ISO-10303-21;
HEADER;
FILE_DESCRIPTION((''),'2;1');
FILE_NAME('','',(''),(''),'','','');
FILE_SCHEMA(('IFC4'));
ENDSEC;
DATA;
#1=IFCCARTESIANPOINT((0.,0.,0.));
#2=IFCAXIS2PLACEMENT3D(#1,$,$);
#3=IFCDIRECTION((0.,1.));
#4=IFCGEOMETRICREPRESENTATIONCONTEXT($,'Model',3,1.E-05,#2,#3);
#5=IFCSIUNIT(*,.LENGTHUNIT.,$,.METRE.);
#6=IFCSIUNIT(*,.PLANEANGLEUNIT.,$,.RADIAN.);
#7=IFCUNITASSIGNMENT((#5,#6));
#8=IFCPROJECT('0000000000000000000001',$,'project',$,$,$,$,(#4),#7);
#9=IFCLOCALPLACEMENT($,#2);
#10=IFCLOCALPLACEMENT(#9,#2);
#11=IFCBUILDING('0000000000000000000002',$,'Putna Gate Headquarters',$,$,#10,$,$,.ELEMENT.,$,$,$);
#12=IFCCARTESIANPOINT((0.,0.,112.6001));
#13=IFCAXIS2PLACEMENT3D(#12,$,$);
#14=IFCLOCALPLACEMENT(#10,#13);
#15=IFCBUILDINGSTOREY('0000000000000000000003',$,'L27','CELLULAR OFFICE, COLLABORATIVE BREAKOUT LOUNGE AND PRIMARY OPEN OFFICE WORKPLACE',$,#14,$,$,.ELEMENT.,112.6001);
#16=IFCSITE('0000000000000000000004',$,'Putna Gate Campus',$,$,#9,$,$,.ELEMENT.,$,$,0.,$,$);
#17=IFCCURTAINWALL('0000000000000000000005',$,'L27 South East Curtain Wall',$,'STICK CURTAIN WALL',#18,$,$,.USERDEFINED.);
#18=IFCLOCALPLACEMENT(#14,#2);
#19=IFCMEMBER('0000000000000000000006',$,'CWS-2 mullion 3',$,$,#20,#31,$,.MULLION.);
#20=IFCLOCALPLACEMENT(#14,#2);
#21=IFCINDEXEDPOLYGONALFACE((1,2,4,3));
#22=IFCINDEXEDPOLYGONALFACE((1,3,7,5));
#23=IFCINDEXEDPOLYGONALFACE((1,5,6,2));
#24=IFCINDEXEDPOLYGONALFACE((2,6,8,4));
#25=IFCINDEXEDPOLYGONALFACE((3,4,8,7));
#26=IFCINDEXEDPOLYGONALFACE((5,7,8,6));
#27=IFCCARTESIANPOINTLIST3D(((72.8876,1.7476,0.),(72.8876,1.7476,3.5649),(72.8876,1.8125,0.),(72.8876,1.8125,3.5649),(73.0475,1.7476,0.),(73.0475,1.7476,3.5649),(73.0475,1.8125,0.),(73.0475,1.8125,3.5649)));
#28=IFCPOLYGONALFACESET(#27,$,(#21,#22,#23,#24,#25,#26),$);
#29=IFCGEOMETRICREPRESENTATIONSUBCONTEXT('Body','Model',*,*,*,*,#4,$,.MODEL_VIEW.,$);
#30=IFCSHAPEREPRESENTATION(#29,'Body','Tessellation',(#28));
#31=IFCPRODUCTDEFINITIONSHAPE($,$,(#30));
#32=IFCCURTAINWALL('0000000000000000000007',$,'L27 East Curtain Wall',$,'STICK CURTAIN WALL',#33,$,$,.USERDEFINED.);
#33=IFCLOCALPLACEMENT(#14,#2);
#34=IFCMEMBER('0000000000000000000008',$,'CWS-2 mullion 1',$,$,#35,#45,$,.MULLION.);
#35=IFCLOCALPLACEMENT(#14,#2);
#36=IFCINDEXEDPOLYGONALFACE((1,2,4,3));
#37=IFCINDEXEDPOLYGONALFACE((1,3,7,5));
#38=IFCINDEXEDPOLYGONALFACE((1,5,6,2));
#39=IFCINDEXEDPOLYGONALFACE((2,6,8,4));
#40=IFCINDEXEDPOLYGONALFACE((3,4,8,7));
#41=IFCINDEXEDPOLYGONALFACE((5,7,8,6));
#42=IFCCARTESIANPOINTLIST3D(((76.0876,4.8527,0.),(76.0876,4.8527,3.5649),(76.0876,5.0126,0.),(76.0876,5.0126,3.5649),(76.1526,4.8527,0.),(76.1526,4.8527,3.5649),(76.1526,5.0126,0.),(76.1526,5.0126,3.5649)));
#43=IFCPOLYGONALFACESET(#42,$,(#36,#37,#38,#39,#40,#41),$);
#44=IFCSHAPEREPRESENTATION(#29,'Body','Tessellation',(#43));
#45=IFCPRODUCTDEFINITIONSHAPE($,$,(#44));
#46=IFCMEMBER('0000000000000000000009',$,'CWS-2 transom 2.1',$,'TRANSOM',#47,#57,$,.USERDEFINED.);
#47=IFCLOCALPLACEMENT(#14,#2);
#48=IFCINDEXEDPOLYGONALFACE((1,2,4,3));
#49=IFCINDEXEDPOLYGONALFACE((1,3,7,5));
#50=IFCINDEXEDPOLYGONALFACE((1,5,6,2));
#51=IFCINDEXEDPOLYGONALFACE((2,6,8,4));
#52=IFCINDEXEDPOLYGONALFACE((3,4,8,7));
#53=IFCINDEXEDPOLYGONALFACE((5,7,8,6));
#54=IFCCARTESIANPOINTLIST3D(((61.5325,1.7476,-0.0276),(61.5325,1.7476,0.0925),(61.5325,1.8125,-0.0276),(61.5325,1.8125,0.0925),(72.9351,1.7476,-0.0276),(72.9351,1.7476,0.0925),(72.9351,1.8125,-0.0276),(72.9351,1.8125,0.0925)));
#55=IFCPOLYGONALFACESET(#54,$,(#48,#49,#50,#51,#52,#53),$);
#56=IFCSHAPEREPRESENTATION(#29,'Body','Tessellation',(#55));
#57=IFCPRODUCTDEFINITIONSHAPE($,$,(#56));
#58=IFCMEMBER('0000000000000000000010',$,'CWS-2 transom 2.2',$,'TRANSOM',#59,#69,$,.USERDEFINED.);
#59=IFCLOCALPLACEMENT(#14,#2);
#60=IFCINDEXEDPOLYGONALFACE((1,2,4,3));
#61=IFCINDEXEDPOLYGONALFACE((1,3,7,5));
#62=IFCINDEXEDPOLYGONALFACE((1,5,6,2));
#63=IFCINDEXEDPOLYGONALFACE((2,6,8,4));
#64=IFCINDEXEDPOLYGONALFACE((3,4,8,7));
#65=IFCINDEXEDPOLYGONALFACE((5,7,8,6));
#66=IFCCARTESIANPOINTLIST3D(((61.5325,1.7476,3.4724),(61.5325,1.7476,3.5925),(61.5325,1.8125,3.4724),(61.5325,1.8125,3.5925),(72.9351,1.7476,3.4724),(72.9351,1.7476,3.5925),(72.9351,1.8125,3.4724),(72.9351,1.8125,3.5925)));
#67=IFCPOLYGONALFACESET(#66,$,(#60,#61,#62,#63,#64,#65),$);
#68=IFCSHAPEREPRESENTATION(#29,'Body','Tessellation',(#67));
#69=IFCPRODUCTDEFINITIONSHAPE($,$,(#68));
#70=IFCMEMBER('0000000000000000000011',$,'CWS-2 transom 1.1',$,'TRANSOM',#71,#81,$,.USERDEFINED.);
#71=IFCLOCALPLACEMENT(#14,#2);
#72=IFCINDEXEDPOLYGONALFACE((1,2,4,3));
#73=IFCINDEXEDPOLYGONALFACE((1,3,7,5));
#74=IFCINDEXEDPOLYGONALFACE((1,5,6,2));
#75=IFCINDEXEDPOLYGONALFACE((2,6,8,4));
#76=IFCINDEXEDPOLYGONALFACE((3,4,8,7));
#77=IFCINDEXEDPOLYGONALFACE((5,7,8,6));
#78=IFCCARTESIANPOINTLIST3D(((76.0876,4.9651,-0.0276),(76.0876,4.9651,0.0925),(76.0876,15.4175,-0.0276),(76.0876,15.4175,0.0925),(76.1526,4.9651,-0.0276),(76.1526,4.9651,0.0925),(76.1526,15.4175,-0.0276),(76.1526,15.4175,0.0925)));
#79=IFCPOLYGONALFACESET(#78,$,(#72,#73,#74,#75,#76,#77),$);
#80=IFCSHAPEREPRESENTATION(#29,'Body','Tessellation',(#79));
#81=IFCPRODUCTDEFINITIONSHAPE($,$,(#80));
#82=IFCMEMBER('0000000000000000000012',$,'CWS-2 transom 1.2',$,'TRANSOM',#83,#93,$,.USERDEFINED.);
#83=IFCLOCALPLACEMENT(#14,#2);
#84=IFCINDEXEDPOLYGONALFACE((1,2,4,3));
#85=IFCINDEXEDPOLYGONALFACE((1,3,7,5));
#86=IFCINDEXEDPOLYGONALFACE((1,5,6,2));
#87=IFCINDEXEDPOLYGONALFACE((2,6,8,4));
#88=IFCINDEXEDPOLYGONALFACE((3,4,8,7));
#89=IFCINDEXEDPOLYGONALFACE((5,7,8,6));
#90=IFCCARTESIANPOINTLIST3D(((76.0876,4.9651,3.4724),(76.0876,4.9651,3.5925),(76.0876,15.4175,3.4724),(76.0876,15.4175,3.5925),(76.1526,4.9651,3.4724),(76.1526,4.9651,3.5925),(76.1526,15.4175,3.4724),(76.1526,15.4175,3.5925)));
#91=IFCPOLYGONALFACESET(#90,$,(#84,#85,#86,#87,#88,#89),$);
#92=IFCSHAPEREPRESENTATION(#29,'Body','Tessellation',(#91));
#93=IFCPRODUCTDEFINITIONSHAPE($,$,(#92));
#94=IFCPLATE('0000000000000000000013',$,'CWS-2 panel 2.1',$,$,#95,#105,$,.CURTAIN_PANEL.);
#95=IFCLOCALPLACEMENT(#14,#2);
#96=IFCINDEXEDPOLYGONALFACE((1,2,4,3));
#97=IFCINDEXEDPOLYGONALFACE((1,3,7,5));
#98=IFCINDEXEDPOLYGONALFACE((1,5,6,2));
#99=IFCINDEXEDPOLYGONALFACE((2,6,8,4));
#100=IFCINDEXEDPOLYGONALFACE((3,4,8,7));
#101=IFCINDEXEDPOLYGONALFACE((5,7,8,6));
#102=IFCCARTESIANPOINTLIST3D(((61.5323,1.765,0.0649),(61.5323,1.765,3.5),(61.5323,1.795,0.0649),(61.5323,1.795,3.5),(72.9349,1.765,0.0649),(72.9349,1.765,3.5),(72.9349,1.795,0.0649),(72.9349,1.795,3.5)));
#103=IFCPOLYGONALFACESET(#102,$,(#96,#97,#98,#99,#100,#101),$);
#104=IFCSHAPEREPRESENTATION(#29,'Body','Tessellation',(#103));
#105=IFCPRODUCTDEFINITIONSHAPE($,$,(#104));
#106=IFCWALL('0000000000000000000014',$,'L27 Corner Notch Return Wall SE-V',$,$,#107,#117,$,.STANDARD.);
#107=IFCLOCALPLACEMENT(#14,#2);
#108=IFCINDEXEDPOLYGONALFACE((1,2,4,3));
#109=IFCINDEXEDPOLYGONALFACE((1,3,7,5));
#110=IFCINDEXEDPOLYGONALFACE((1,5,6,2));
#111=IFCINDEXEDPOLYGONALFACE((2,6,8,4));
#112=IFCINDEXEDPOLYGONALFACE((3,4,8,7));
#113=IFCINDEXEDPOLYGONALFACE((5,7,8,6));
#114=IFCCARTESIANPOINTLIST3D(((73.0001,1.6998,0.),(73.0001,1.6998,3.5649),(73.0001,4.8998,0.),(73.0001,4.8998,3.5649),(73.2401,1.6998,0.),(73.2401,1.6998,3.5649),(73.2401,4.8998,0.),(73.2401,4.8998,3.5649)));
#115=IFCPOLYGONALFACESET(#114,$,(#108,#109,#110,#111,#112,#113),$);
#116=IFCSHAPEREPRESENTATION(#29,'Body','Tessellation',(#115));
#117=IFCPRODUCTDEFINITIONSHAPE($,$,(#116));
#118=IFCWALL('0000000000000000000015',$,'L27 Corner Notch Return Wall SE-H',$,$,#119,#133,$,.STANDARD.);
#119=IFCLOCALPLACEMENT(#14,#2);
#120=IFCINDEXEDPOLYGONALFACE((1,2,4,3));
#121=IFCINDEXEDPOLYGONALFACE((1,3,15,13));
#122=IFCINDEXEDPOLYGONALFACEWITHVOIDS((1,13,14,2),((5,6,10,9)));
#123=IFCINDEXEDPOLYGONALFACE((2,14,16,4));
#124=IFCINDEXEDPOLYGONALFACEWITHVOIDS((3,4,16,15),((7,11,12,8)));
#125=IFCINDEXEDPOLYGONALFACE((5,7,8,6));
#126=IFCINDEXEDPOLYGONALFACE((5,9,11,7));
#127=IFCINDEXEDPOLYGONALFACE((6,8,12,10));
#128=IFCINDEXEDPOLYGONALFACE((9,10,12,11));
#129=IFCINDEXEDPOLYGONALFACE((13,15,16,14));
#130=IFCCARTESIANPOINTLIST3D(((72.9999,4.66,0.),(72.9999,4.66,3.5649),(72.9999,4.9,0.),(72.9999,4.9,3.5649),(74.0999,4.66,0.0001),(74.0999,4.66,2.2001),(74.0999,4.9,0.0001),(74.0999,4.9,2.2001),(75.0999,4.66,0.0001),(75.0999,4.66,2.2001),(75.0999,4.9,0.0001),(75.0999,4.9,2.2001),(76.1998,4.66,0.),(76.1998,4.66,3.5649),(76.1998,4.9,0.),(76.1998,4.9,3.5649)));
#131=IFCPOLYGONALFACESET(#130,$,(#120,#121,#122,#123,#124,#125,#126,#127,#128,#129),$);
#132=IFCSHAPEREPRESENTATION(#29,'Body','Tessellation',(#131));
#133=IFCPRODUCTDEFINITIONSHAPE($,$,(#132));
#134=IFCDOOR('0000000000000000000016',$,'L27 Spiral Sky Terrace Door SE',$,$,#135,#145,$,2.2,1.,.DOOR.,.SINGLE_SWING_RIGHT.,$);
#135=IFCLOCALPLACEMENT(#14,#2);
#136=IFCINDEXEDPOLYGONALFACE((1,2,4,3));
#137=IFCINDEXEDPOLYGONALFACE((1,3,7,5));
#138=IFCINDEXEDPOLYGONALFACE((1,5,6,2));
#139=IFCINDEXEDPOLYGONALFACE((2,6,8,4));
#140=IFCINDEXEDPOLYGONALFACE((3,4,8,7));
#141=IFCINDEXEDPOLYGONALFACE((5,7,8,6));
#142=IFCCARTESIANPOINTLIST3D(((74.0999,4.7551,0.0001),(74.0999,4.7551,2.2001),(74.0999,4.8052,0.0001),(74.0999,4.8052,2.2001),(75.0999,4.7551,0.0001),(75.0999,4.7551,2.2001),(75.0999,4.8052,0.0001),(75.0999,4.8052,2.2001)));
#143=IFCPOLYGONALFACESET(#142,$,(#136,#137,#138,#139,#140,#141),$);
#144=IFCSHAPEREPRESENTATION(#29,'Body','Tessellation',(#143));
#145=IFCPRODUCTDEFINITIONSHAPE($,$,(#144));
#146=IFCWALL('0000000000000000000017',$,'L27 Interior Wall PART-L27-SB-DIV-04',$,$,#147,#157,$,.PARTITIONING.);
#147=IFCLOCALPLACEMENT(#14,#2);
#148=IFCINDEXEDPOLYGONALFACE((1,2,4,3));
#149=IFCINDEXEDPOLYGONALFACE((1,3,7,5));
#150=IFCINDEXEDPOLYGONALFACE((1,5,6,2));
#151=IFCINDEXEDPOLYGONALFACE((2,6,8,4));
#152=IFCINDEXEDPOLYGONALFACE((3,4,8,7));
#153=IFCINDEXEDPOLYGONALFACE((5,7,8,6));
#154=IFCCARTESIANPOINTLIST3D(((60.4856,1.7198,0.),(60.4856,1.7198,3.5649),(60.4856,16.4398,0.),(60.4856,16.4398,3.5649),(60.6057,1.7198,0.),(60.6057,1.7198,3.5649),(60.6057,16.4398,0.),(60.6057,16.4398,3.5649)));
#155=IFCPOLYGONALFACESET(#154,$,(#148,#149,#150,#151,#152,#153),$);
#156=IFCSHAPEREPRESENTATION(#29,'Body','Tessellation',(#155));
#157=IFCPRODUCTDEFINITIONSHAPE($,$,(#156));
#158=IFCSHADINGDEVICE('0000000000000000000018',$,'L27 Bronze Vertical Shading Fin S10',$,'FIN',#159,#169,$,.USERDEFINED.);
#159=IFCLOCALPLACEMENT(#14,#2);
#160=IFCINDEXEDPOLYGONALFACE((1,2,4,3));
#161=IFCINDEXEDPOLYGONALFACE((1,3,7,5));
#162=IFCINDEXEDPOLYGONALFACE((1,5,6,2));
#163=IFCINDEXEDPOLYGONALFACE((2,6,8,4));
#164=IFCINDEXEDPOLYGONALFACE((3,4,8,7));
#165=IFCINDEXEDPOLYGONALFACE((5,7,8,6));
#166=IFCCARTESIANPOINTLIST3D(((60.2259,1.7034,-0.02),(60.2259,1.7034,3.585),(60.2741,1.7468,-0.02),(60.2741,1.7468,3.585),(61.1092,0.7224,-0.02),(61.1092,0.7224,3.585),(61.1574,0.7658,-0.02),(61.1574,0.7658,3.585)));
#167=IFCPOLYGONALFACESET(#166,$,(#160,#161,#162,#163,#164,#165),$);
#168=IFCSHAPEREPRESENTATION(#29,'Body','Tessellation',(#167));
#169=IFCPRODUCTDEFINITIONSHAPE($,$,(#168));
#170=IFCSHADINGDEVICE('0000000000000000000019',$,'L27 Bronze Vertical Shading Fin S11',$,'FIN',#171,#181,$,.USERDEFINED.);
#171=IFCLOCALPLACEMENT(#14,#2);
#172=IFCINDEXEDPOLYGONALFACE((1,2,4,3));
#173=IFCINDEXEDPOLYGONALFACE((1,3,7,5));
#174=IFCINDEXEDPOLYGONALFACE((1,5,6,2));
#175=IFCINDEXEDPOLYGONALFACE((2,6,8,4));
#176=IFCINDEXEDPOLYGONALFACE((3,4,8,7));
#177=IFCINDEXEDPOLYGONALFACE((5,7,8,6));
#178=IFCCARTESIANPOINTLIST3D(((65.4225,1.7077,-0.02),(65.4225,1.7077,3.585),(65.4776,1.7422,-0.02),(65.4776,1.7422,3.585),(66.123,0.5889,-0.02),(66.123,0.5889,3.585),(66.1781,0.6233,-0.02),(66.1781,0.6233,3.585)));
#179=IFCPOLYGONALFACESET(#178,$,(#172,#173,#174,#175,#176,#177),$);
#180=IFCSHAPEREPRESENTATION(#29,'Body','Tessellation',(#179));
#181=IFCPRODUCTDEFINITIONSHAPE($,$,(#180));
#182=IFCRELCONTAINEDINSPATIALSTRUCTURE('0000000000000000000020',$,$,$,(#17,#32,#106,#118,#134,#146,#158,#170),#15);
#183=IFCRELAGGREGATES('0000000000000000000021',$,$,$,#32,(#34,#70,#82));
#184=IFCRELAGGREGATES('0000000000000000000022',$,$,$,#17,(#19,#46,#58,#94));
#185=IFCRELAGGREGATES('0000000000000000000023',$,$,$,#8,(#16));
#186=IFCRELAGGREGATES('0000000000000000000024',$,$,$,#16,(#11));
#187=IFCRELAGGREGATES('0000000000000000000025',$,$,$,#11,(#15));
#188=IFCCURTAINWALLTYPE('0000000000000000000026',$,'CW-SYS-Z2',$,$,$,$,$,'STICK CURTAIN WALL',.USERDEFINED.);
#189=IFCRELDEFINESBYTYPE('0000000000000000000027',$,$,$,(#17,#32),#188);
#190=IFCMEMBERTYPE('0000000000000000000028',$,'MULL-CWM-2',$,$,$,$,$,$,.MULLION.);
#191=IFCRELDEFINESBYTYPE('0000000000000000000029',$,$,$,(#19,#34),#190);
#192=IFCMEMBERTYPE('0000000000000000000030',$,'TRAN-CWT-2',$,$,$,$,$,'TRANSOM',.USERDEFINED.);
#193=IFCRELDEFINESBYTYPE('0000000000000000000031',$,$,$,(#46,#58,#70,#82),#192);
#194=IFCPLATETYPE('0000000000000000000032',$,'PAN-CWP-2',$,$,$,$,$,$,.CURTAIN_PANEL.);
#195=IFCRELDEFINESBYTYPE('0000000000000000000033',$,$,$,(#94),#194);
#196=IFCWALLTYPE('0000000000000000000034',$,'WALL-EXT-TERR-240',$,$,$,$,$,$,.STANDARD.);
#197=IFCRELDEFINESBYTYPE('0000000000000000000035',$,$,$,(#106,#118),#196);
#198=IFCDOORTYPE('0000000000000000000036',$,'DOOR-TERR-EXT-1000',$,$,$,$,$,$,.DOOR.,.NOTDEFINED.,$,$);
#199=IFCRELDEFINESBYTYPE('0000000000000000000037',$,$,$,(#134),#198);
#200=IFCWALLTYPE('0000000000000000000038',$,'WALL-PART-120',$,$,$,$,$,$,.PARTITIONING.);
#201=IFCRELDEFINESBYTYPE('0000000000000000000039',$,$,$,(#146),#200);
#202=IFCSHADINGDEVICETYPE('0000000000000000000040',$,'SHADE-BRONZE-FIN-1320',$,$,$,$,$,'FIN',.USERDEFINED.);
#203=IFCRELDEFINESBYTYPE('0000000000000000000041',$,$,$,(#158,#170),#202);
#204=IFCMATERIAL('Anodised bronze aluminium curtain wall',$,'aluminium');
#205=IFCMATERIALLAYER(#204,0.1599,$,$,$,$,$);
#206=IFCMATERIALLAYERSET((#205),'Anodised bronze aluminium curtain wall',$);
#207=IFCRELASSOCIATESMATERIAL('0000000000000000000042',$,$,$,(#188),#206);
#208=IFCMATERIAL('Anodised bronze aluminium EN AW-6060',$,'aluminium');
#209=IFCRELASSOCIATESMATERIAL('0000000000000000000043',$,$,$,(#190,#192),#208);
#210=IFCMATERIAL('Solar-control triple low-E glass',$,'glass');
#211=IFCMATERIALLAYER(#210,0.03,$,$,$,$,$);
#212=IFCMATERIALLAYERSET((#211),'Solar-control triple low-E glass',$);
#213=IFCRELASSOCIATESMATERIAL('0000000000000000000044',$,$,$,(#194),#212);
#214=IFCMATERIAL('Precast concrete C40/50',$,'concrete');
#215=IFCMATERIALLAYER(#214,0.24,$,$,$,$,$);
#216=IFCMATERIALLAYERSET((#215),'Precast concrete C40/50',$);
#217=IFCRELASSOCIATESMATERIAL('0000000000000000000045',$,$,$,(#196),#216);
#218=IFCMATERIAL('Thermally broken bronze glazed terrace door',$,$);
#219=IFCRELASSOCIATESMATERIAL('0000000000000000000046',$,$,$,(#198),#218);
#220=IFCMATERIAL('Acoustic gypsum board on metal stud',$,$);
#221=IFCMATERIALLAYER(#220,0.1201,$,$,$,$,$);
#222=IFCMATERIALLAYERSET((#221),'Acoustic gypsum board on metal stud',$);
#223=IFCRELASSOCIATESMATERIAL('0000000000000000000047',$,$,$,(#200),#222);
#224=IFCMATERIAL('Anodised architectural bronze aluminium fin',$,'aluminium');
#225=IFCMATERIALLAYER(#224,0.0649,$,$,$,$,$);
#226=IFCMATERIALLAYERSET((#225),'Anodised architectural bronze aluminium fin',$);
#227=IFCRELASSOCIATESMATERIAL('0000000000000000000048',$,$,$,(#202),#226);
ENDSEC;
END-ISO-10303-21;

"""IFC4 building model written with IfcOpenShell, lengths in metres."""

from ifc_helpers import new_model, si_unit, direction, frame, frame_2d, origin, origin_2d, place, context, subcontext, project, spatial, rectangle, extrude, material, layer, layer_set, material_profile, profile_set, type_object, element, fill, aggregate, save


model = new_model("IFC4")

# Units and contexts
model_context = context("Model", 3, precision=1e-05, world=origin(), true_north=direction((0.0, 1.0)))
body_context = subcontext(model_context, "Body", "Model", "MODEL_VIEW")
ifc_project = project(units=[si_unit("LENGTHUNIT", "METRE"), si_unit("PLANEANGLEUNIT", "RADIAN")], contexts=[model_context])

# Site, building, storey
site_placement = place(None, origin())
site = spatial("IfcSite", under=ifc_project, at=site_placement, Name="Putna Gate Campus", CompositionType="ELEMENT", RefElevation=0.0)
building_placement = place(site_placement, origin())
building = spatial("IfcBuilding", under=site, at=building_placement, Name="Putna Gate Headquarters", CompositionType="ELEMENT")
storey_placement = place(building_placement, frame((0.0, 0.0, 112.6001)))
storey = spatial("IfcBuildingStorey", under=building, at=storey_placement, Name="L27", Description="CELLULAR OFFICE, COLLABORATIVE BREAKOUT LOUNGE AND PRIMARY OPEN OFFICE WORKPLACE", CompositionType="ELEMENT", Elevation=112.6001)

# Curtain wall, member
ifc_material_1 = material(Name="Anodised bronze aluminium curtain wall", Category="aluminium")
ifc_layer_1 = layer(ifc_material_1, 0.1599)
ifc_layer_set_1 = layer_set([ifc_layer_1], Name="Anodised bronze aluminium curtain wall")
curtain_wall_type = type_object("IfcCurtainWallType", Name="CW-SYS-Z2", ElementType="STICK CURTAIN WALL", PredefinedType="USERDEFINED", material=ifc_layer_set_1)
curtain_wall_1_placement = place(storey_placement, origin())
curtain_wall_1 = element("IfcCurtainWall", 1, at=curtain_wall_1_placement, inside=storey, type_object=curtain_wall_type, Name="L27 South East Curtain Wall", ObjectType="STICK CURTAIN WALL", PredefinedType="USERDEFINED")
ifc_material_2 = material(Name="Anodised bronze aluminium EN AW-6060", Category="aluminium")
ifc_material_profile_1 = material_profile(ifc_material_2, rectangle(XDim=0.0649, YDim=0.1599, at=origin_2d()), Name="Anodised bronze aluminium EN AW-6060")
ifc_profile_set_1 = profile_set([ifc_material_profile_1], Name="Anodised bronze aluminium EN AW-6060")
member_type_1 = type_object("IfcMemberType", Name="MULL-CWM-2", PredefinedType="MULLION", material=ifc_profile_set_1)
member_1_placement = place(storey_placement, frame((72.9675, 1.78, 0.0), z_axis=(0.0, 0.0, 1.0), x_axis=(0.0, 1.0, 0.0)))
member_1 = element("IfcMember", 2, at=member_1_placement, type_object=member_type_1, Name="CWS-2 mullion 3", PredefinedType="MULLION", context=body_context, shape_type="SweptSolid", body=[
    extrude(rectangle(XDim=0.0649, YDim=0.1599, at=origin_2d()), origin(), (0.0, 0.0, 1.0), 3.5649),
])

# Curtain wall, member
curtain_wall_2_placement = place(storey_placement, origin())
curtain_wall_2 = element("IfcCurtainWall", 3, at=curtain_wall_2_placement, inside=storey, type_object=curtain_wall_type, Name="L27 East Curtain Wall", ObjectType="STICK CURTAIN WALL", PredefinedType="USERDEFINED")
member_2_placement = place(storey_placement, frame((76.1201, 4.9326, 0.0), z_axis=(0.0, 0.0, 1.0), x_axis=(-1.0, 0.0, 0.0)))
member_2 = element("IfcMember", 4, at=member_2_placement, type_object=member_type_1, Name="CWS-2 mullion 1", PredefinedType="MULLION", context=body_context, shape_type="SweptSolid", body=[
    extrude(rectangle(XDim=0.0649, YDim=0.1599, at=origin_2d()), origin(), (0.0, 0.0, 1.0), 3.5649),
])

# Members
ifc_material_profile_2 = material_profile(ifc_material_2, rectangle(XDim=0.0649, YDim=0.1201, at=origin_2d()), Name="Anodised bronze aluminium EN AW-6060")
ifc_profile_set_2 = profile_set([ifc_material_profile_2], Name="Anodised bronze aluminium EN AW-6060")
member_type_2 = type_object("IfcMemberType", Name="TRAN-CWT-2", ElementType="TRANSOM", PredefinedType="USERDEFINED", material=ifc_profile_set_2)
member_3_placement = place(storey_placement, frame((61.5325, 1.78, 0.0325), z_axis=(1.0, 0.0, 0.0), x_axis=(0.0, 1.0, 0.0)))
member_3 = element("IfcMember", 5, at=member_3_placement, type_object=member_type_2, Name="CWS-2 transom 2.1", ObjectType="TRANSOM", PredefinedType="USERDEFINED", context=body_context, shape_type="SweptSolid", body=[
    extrude(rectangle(XDim=0.0649, YDim=0.1201, at=origin_2d()), origin(), (0.0, 0.0, 1.0), 11.4026),
])
member_4_placement = place(storey_placement, frame((61.5325, 1.78, 3.5325), z_axis=(1.0, 0.0, 0.0), x_axis=(0.0, 1.0, 0.0)))
member_4 = element("IfcMember", 6, at=member_4_placement, type_object=member_type_2, Name="CWS-2 transom 2.2", ObjectType="TRANSOM", PredefinedType="USERDEFINED", context=body_context, shape_type="SweptSolid", body=[
    extrude(rectangle(XDim=0.0649, YDim=0.1201, at=origin_2d()), origin(), (0.0, 0.0, 1.0), 11.4026),
])
member_5_placement = place(storey_placement, frame((76.1201, 4.9651, 0.0325), z_axis=(0.0, 1.0, 0.0), x_axis=(-1.0, 0.0, 0.0)))
member_5 = element("IfcMember", 7, at=member_5_placement, type_object=member_type_2, Name="CWS-2 transom 1.1", ObjectType="TRANSOM", PredefinedType="USERDEFINED", context=body_context, shape_type="SweptSolid", body=[
    extrude(rectangle(XDim=0.0649, YDim=0.1201, at=origin_2d()), origin(), (0.0, 0.0, 1.0), 10.4524),
])
member_6_placement = place(storey_placement, frame((76.1201, 4.9651, 3.5325), z_axis=(0.0, 1.0, 0.0), x_axis=(-1.0, 0.0, 0.0)))
member_6 = element("IfcMember", 8, at=member_6_placement, type_object=member_type_2, Name="CWS-2 transom 1.2", ObjectType="TRANSOM", PredefinedType="USERDEFINED", context=body_context, shape_type="SweptSolid", body=[
    extrude(rectangle(XDim=0.0649, YDim=0.1201, at=origin_2d()), origin(), (0.0, 0.0, 1.0), 10.4524),
])
aggregate(curtain_wall_2, [member_2, member_5, member_6])

# Plate
ifc_material_3 = material(Name="Solar-control triple low-E glass", Category="glass")
ifc_layer_2 = layer(ifc_material_3, 0.03)
ifc_layer_set_2 = layer_set([ifc_layer_2], Name="Solar-control triple low-E glass")
plate_type = type_object("IfcPlateType", Name="PAN-CWP-2", PredefinedType="CURTAIN_PANEL", material=ifc_layer_set_2)
plate_placement = place(storey_placement, frame((67.2336, 1.78, 0.0649), z_axis=(0.0, 0.0, 1.0), x_axis=(1.0, 0.0, 0.0)))
plate = element("IfcPlate", 9, at=plate_placement, type_object=plate_type, Name="CWS-2 panel 2.1", PredefinedType="CURTAIN_PANEL", context=body_context, shape_type="SweptSolid", body=[
    extrude(rectangle(XDim=11.4026, YDim=0.03, at=origin_2d()), origin(), (0.0, 0.0, 1.0), 3.4351),
])
aggregate(curtain_wall_1, [member_1, member_3, member_4, plate])

# Wall
ifc_material_4 = material(Name="Precast concrete C40/50", Category="concrete")
ifc_layer_3 = layer(ifc_material_4, 0.24)
ifc_layer_set_3 = layer_set([ifc_layer_3], Name="Precast concrete C40/50")
wall_type_1 = type_object("IfcWallType", Name="WALL-EXT-TERR-240", PredefinedType="STANDARD", material=ifc_layer_set_3)
wall_1_placement = place(storey_placement, frame((73.1201, 4.8999, 0.0), z_axis=(0.0, 0.0, 1.0), x_axis=(0.0, -1.0, 0.0)))
element("IfcWall", 10, at=wall_1_placement, inside=storey, type_object=wall_type_1, Name="L27 Corner Notch Return Wall SE-V", PredefinedType="STANDARD", context=body_context, shape_type="SweptSolid", body=[
    extrude(rectangle(XDim=3.2, YDim=0.24, at=frame_2d((1.6001, 0.0))), origin(), (0.0, 0.0, 1.0), 3.5649),
])

# Wall, opening, door
wall_2_placement = place(storey_placement, frame((76.2, 4.78, 0.0), z_axis=(0.0, 0.0, 1.0), x_axis=(-1.0, 0.0, 0.0)))
wall_2 = element("IfcWall", 11, at=wall_2_placement, inside=storey, type_object=wall_type_1, Name="L27 Corner Notch Return Wall SE-H", PredefinedType="STANDARD", context=body_context, shape_type="SweptSolid", body=[
    extrude(rectangle(XDim=3.2, YDim=0.24, at=frame_2d((1.6001, 0.0))), origin(), (0.0, 0.0, 1.0), 3.5649),
])
opening_placement = place(wall_2_placement, frame((1.1001, 0.0, 0.0)))
opening = element("IfcOpeningElement", 12, at=opening_placement, cuts=wall_2, PredefinedType="OPENING", context=body_context, shape_type="SweptSolid", body=[
    extrude(rectangle(XDim=1.0, YDim=2.2, at=frame_2d((0.5, 1.1001))), frame((0.0, 0.1299, 0.0), z_axis=(0.0, -1.0, 0.0), x_axis=(1.0, 0.0, 0.0)), (0.0, 0.0, 1.0), 0.26),
])
ifc_material_5 = material(Name="Thermally broken bronze glazed terrace door")
door_type = type_object("IfcDoorType", Name="DOOR-TERR-EXT-1000", OperationType="NOTDEFINED", PredefinedType="DOOR", material=ifc_material_5)
door_placement = place(opening_placement, origin())
door = element("IfcDoor", 13, at=door_placement, inside=storey, type_object=door_type, Name="L27 Spiral Sky Terrace Door SE", OperationType="SINGLE_SWING_RIGHT", OverallHeight=2.2, OverallWidth=1.0, PredefinedType="DOOR", context=body_context, shape_type="SweptSolid", body=[
    extrude(rectangle(XDim=1.0, YDim=2.2, at=frame_2d((0.5, 1.1001))), frame((0.0, 0.0249, 0.0), z_axis=(0.0, -1.0, 0.0), x_axis=(1.0, 0.0, 0.0)), (0.0, 0.0, 1.0), 0.05),
])
fill(opening, door)

# Wall
ifc_material_6 = material(Name="Acoustic gypsum board on metal stud")
ifc_layer_4 = layer(ifc_material_6, 0.1201)
ifc_layer_set_4 = layer_set([ifc_layer_4], Name="Acoustic gypsum board on metal stud")
wall_type_2 = type_object("IfcWallType", Name="WALL-PART-120", PredefinedType="PARTITIONING", material=ifc_layer_set_4)
wall_3_placement = place(storey_placement, frame((60.5457, 1.72, 0.0), z_axis=(0.0, 0.0, 1.0), x_axis=(0.0, 1.0, 0.0)))
element("IfcWall", 14, at=wall_3_placement, inside=storey, type_object=wall_type_2, Name="L27 Interior Wall PART-L27-SB-DIV-04", PredefinedType="PARTITIONING", context=body_context, shape_type="SweptSolid", body=[
    extrude(rectangle(XDim=14.72, YDim=0.1201, at=frame_2d((7.3599, 0.0))), origin(), (0.0, 0.0, 1.0), 3.5649),
])

# Shading devices
ifc_material_7 = material(Name="Anodised architectural bronze aluminium fin", Category="aluminium")
ifc_layer_5 = layer(ifc_material_7, 0.0649)
ifc_layer_set_5 = layer_set([ifc_layer_5], Name="Anodised architectural bronze aluminium fin")
shading_device_type = type_object("IfcShadingDeviceType", Name="SHADE-BRONZE-FIN-1320", ElementType="FIN", PredefinedType="USERDEFINED", material=ifc_layer_set_5)
for number, where, z_axis, x_axis, name in (
    (15, (60.6917, 1.2346, -0.02), (0.0, 0.0, 1.0), (0.669131, -0.743145, 0.0), "L27 Bronze Vertical Shading Fin S10"),
    (16, (65.8003, 1.1655, -0.02), (0.0, 0.0, 1.0), (0.530659, -0.847585, 0.0), "L27 Bronze Vertical Shading Fin S11"),
):
    element("IfcShadingDevice", number, at=place(storey_placement, frame(where, z_axis=z_axis, x_axis=x_axis)), inside=storey, type_object=shading_device_type, Name=name, ObjectType="FIN", PredefinedType="USERDEFINED", context=body_context, shape_type="SweptSolid", body=[
        extrude(rectangle(XDim=1.3201, YDim=0.0649, at=origin_2d()), origin(), (0.0, 0.0, 1.0), 3.605),
    ])

save(model, "model.ifc")
